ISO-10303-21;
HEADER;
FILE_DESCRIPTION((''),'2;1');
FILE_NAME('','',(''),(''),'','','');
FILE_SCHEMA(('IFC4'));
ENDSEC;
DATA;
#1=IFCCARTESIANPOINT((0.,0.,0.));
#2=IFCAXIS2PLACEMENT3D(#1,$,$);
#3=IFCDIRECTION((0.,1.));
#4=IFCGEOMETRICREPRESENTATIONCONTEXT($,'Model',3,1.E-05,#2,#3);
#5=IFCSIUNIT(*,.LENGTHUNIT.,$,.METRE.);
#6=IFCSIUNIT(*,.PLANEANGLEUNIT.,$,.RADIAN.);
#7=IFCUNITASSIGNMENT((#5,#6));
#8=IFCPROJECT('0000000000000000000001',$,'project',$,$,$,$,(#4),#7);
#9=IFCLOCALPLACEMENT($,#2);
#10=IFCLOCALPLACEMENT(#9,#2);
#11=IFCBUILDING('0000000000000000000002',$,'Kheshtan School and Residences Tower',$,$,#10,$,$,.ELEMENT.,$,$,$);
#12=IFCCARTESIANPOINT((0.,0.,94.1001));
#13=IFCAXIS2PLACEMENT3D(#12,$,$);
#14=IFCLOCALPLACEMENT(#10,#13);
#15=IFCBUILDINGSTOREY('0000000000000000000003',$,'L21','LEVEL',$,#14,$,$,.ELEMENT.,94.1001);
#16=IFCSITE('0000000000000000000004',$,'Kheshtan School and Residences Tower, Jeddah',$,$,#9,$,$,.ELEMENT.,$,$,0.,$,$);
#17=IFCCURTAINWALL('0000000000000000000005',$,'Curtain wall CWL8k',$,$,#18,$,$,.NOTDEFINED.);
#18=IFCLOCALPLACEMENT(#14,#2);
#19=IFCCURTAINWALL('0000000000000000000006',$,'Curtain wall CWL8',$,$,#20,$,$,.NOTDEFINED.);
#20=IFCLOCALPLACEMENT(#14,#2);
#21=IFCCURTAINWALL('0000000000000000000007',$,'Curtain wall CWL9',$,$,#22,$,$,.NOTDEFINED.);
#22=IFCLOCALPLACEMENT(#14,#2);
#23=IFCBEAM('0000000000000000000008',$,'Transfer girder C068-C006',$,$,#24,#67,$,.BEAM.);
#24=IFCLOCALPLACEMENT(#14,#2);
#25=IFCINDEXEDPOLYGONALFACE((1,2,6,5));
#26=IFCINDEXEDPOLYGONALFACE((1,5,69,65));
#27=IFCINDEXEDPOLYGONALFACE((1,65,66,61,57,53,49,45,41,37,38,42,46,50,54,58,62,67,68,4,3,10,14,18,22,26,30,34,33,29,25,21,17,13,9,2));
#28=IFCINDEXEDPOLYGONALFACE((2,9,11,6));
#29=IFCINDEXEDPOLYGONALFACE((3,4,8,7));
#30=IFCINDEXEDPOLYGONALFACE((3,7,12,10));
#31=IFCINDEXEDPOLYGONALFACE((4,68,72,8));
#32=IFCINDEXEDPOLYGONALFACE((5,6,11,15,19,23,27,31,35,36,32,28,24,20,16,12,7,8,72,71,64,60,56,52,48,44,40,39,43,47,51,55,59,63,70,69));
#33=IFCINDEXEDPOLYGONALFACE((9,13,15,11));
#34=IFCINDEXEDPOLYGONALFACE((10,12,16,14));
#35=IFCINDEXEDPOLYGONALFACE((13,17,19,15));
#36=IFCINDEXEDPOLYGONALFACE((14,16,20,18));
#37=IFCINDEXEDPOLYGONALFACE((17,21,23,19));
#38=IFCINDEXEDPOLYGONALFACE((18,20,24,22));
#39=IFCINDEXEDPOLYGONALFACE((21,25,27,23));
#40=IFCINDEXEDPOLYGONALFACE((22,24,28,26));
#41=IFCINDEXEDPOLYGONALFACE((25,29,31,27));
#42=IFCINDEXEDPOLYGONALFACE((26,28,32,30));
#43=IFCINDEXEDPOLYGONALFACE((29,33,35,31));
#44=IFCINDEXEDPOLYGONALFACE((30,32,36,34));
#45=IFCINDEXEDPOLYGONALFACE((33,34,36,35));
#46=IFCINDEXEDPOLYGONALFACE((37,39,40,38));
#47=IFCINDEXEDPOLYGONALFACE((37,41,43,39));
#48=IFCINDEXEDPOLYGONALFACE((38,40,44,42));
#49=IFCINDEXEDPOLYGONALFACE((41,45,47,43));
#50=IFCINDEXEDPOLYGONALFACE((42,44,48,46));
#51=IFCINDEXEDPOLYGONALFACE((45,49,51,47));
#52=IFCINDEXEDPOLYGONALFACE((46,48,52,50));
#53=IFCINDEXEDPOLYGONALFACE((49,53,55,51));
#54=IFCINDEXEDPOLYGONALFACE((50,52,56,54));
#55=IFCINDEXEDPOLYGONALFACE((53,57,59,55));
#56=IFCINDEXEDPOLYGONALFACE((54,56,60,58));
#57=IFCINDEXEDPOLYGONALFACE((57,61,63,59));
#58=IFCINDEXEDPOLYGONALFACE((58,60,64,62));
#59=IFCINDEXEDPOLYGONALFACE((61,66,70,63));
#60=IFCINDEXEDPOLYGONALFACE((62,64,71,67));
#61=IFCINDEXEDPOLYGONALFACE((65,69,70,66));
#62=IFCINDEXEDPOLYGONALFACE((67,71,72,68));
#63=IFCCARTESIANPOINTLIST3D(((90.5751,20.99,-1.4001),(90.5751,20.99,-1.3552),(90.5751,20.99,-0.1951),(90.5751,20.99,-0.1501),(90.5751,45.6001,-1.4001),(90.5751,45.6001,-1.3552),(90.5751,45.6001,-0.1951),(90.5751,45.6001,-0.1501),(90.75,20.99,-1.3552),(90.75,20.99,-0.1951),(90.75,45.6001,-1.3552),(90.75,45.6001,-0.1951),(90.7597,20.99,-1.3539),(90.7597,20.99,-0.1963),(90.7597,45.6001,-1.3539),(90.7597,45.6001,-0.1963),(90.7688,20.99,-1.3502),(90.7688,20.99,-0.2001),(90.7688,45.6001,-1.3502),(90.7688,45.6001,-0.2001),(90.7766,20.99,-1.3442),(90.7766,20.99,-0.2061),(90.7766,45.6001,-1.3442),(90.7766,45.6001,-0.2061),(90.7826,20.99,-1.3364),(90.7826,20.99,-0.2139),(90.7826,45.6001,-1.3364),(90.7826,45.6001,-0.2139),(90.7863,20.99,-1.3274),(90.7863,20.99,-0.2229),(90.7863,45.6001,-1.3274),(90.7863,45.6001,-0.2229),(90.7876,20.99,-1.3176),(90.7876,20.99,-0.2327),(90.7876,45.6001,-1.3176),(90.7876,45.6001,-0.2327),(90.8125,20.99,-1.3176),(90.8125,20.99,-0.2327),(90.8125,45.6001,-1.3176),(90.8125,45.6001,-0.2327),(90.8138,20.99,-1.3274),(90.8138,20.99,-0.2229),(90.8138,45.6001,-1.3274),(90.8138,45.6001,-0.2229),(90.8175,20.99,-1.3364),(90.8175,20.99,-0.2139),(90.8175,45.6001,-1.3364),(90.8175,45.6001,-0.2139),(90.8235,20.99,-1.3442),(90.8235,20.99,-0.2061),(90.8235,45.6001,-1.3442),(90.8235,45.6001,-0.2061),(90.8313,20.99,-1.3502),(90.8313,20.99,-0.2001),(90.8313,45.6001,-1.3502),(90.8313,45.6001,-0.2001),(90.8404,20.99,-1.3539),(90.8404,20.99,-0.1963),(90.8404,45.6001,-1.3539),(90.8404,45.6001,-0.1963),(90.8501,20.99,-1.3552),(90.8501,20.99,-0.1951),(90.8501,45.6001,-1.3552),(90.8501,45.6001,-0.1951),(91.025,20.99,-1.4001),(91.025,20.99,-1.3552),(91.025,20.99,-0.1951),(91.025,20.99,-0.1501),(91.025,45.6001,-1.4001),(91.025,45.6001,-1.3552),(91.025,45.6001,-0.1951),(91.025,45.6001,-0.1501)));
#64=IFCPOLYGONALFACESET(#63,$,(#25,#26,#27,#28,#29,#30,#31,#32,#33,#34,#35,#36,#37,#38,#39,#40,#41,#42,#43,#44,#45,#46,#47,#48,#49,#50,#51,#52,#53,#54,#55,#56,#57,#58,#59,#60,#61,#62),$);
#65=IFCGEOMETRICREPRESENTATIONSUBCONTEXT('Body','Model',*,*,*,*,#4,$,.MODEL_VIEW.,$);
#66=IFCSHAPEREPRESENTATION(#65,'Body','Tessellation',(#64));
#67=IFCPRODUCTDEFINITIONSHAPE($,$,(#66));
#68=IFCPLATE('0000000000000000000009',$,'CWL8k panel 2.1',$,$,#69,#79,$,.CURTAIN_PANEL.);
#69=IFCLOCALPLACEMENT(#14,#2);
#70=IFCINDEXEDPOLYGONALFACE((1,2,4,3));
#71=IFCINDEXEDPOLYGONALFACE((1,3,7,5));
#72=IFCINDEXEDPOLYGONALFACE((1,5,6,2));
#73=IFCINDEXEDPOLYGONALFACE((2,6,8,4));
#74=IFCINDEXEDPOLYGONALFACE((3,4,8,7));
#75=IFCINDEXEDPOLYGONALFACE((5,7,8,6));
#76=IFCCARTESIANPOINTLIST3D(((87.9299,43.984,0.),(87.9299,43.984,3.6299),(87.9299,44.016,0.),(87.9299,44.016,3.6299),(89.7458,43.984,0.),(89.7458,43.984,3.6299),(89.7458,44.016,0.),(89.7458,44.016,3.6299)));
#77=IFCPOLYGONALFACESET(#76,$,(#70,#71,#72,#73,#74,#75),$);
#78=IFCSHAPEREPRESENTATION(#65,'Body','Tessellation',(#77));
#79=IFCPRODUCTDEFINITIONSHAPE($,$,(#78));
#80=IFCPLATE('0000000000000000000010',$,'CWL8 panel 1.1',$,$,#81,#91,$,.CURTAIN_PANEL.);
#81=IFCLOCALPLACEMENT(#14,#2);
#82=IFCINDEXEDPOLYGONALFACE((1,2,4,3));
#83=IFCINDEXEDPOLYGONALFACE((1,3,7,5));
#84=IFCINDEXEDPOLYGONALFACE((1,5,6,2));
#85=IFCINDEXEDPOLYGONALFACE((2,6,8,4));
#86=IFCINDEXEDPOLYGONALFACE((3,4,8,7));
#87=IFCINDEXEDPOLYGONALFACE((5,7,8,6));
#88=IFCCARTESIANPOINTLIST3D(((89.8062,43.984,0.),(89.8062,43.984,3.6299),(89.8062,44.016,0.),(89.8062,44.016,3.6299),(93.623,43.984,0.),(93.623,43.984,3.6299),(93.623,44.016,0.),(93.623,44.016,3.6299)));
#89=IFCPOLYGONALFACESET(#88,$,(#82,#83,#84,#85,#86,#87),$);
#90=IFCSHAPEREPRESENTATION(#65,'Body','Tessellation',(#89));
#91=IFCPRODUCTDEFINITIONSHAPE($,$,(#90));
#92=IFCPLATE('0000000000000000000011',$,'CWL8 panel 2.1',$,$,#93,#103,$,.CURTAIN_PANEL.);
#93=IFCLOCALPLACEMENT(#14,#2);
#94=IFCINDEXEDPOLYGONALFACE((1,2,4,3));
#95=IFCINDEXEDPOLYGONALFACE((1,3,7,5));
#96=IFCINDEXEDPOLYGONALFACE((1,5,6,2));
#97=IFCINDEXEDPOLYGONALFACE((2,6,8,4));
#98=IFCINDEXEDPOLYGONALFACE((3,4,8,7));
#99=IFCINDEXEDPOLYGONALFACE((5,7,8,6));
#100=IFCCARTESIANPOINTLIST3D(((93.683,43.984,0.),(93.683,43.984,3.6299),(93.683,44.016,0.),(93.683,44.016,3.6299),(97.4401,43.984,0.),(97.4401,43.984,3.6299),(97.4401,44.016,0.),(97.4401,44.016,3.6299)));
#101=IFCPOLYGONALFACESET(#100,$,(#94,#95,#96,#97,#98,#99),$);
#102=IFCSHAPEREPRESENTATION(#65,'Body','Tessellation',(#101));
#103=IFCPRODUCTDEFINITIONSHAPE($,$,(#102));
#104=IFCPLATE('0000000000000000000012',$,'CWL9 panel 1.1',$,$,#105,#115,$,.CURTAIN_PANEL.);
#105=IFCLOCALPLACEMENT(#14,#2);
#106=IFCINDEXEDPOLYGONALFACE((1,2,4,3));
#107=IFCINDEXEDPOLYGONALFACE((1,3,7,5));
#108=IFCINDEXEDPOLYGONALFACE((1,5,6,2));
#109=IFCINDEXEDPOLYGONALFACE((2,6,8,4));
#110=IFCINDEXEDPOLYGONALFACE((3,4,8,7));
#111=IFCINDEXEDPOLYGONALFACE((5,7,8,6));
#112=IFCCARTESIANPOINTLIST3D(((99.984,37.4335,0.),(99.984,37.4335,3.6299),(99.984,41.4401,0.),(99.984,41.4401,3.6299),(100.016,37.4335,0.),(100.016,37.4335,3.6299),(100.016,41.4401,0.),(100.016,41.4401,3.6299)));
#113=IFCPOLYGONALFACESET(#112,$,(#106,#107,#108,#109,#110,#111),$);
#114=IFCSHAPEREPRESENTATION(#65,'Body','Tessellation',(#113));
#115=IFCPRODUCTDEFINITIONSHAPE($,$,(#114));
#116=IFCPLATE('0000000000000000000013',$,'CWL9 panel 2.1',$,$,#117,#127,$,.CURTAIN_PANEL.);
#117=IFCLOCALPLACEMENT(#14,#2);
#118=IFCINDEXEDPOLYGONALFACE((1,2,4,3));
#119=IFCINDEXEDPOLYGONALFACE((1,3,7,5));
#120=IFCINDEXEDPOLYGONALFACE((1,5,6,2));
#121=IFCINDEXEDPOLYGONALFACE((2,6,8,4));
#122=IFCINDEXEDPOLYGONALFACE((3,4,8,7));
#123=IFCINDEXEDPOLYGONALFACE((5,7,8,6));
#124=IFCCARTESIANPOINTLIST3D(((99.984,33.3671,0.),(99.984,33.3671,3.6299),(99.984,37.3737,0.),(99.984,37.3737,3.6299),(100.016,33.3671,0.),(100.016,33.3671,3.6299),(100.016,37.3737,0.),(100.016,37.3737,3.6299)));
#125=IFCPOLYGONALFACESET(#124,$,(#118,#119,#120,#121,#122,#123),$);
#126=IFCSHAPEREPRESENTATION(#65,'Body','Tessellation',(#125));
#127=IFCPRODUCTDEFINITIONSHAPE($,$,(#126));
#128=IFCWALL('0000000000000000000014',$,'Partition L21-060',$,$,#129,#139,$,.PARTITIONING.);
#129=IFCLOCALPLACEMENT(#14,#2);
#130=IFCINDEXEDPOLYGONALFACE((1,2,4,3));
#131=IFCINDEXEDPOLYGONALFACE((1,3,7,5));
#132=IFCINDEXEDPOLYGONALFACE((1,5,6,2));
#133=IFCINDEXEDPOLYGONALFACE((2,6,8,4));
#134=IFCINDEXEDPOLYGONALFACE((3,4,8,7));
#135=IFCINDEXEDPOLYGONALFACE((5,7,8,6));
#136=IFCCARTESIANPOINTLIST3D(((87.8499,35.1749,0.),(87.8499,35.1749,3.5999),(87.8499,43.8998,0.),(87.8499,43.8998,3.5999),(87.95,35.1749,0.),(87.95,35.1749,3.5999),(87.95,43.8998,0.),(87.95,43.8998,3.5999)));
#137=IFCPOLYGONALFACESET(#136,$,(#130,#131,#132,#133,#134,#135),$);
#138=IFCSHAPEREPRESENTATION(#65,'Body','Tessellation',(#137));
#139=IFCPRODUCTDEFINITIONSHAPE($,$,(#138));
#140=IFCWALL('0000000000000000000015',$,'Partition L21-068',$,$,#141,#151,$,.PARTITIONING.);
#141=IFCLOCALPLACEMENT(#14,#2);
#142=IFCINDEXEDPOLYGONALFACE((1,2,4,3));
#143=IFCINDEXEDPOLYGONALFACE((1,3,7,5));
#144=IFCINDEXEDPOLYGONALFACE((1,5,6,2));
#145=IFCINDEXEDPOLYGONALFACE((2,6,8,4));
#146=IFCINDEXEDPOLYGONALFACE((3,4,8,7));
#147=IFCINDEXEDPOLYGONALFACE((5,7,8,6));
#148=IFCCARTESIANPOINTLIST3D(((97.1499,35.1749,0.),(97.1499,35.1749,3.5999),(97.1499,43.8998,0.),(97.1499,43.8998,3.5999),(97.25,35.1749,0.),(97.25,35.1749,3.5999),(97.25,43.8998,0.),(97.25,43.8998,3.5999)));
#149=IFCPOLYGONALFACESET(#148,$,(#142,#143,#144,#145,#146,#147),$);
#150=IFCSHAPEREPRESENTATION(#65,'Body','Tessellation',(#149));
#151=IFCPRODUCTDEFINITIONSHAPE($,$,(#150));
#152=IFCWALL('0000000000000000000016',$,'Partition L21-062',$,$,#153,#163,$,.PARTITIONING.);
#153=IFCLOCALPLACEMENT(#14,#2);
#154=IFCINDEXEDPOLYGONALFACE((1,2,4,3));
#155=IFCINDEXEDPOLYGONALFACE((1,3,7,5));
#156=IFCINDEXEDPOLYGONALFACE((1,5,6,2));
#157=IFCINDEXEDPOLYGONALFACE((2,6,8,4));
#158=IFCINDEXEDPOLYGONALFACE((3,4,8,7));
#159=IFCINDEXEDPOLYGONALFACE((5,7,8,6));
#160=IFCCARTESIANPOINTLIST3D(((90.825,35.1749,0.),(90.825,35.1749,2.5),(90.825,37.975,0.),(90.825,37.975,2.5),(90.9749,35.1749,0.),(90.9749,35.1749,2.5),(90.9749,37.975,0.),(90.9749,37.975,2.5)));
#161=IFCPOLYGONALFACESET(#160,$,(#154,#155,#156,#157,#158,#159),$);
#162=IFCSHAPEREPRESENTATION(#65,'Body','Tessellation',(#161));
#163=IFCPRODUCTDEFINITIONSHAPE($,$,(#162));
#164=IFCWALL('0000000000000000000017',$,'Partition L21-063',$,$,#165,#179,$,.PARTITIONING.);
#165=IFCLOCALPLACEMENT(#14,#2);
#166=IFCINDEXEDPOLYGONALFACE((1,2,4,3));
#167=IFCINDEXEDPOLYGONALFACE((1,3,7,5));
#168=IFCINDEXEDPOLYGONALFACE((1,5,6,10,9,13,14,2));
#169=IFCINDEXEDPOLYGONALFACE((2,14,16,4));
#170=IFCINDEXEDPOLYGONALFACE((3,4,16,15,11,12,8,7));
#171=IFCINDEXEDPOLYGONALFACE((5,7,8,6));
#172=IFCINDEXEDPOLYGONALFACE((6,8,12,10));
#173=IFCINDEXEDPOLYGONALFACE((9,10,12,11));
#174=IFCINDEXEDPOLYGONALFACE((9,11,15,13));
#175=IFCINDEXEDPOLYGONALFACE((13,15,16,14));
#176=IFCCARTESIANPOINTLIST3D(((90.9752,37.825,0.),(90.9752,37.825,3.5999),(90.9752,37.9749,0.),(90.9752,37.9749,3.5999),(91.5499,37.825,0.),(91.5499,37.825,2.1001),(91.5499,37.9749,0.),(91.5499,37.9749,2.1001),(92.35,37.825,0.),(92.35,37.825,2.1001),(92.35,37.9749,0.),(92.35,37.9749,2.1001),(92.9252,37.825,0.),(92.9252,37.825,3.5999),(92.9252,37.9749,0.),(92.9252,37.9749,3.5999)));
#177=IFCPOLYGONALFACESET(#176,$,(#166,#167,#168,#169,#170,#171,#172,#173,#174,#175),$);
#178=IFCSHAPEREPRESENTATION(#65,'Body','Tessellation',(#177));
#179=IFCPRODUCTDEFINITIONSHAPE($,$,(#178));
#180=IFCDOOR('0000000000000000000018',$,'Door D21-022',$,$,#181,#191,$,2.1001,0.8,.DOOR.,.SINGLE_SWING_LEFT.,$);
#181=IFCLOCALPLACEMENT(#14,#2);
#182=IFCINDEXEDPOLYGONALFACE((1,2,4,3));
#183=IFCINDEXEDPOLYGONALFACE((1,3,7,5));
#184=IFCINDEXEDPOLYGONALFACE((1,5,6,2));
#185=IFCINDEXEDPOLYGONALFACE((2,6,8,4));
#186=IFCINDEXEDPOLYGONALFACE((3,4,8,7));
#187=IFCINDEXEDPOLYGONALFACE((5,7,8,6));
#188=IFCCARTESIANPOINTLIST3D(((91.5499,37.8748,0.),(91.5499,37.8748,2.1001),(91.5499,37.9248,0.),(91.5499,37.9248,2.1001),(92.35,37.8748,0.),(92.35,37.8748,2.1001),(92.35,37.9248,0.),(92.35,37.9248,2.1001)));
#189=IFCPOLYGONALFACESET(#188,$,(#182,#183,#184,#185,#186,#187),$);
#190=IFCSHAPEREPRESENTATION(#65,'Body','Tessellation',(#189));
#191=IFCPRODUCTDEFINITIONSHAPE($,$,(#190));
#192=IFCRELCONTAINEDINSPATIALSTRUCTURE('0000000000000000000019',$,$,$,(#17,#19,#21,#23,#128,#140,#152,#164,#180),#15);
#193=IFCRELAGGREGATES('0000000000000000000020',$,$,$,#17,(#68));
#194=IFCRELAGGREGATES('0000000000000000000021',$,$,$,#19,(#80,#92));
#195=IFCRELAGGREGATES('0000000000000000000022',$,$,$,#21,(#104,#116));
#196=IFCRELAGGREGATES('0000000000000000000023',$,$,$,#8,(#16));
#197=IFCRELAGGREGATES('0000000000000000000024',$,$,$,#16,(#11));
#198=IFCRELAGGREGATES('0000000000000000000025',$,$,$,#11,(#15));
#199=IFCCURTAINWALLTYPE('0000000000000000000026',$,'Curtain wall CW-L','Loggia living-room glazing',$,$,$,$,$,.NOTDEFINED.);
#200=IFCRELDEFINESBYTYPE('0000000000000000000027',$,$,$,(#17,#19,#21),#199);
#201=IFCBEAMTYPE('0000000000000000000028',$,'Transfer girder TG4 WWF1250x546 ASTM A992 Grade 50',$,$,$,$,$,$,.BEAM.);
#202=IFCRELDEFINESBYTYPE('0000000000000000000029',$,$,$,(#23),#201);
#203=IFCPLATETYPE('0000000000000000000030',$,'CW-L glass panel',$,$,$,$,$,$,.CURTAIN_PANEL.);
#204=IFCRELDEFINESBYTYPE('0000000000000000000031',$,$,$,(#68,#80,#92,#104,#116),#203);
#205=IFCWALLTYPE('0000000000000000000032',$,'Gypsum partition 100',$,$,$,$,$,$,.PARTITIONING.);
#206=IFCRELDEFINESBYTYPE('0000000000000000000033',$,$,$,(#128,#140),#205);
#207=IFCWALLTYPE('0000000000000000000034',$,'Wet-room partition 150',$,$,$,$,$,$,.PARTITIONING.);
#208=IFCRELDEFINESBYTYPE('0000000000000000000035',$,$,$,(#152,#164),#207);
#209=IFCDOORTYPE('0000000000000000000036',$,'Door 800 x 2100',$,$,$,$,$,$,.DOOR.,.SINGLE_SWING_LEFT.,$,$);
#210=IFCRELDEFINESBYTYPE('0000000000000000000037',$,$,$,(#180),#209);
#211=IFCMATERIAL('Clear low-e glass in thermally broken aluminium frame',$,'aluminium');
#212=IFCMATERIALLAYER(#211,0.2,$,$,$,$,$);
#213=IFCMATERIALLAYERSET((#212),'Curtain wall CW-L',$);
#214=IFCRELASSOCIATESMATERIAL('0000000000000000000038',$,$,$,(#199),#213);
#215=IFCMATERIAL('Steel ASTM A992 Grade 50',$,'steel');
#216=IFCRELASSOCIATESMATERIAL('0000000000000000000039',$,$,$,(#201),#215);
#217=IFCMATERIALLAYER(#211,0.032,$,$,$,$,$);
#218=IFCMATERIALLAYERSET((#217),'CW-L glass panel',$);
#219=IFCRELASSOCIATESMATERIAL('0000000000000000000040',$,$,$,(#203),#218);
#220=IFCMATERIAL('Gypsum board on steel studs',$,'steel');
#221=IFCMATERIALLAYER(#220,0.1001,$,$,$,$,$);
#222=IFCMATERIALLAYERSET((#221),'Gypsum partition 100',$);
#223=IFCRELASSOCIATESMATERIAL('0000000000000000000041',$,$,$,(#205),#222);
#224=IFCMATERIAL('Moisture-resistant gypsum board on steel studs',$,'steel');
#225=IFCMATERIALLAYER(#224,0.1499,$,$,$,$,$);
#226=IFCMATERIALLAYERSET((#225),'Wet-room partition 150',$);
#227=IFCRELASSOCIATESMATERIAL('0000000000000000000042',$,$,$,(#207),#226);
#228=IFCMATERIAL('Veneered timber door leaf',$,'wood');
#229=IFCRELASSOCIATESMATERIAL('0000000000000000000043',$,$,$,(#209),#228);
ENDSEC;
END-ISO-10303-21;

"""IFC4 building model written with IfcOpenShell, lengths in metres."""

from ifc_helpers import new_model, si_unit, direction, frame, frame_2d, origin, origin_2d, place, context, subcontext, project, spatial, rectangle, i_section, extrude, source, transform, mapped, material, layer, layer_set, material_profile, profile_set, type_object, element, fill, aggregate, save


model = new_model("IFC4")

# Units and contexts
model_context = context("Model", 3, precision=1e-05, world=origin(), true_north=direction((0.0, 1.0)))
body_context = subcontext(model_context, "Body", "Model", "MODEL_VIEW")
ifc_project = project(units=[si_unit("LENGTHUNIT", "METRE"), si_unit("PLANEANGLEUNIT", "RADIAN")], contexts=[model_context])

# Site, building, storey
site_placement = place(None, origin())
site = spatial("IfcSite", under=ifc_project, at=site_placement, Name="Kheshtan School and Residences Tower, Jeddah", CompositionType="ELEMENT", RefElevation=0.0)
building_placement = place(site_placement, origin())
building = spatial("IfcBuilding", under=site, at=building_placement, Name="Kheshtan School and Residences Tower", CompositionType="ELEMENT")
storey_placement = place(building_placement, frame((0.0, 0.0, 94.1001)))
storey = spatial("IfcBuildingStorey", under=building, at=storey_placement, Name="L21", Description="LEVEL", CompositionType="ELEMENT", Elevation=94.1001)

# Shared definitions
ifc_material_1 = material(Name="Steel ASTM A992 Grade 50", Category="steel")

# Curtain walls
ifc_material_2 = material(Name="Clear low-e glass in thermally broken aluminium frame", Category="aluminium")
ifc_layer_1 = layer(ifc_material_2, 0.2)
ifc_layer_set_1 = layer_set([ifc_layer_1], Name="Curtain wall CW-L")
curtain_wall_type = type_object("IfcCurtainWallType", Name="Curtain wall CW-L", Description="Loggia living-room glazing", PredefinedType="NOTDEFINED", material=ifc_layer_set_1)
curtain_wall_1_placement = place(storey_placement, origin())
curtain_wall_1 = element("IfcCurtainWall", 1, at=curtain_wall_1_placement, inside=storey, type_object=curtain_wall_type, Name="Curtain wall CWL8k", PredefinedType="NOTDEFINED")
curtain_wall_2_placement = place(storey_placement, origin())
curtain_wall_2 = element("IfcCurtainWall", 2, at=curtain_wall_2_placement, inside=storey, type_object=curtain_wall_type, Name="Curtain wall CWL8", PredefinedType="NOTDEFINED")
curtain_wall_3_placement = place(storey_placement, origin())
curtain_wall_3 = element("IfcCurtainWall", 3, at=curtain_wall_3_placement, inside=storey, type_object=curtain_wall_type, Name="Curtain wall CWL9", PredefinedType="NOTDEFINED")

# Beam
ifc_material_profile_1 = material_profile(ifc_material_1, i_section(OverallWidth=0.45, OverallDepth=1.25, WebThickness=0.0249, FlangeThickness=0.0449, FilletRadius=0.0376, at=origin_2d()), Name="WWF1250x546")
ifc_profile_set_1 = profile_set([ifc_material_profile_1], Name="Steel ASTM A992 Grade 50")
beam_type = type_object("IfcBeamType", Name="Transfer girder TG4 WWF1250x546 ASTM A992 Grade 50", PredefinedType="BEAM", material=ifc_profile_set_1)
beam_placement = place(storey_placement, frame((90.8, 45.6001, -0.7751), z_axis=(0.0, -1.0, 0.0), x_axis=(1.0, 0.0, 0.0)))
element("IfcBeam", 4, at=beam_placement, inside=storey, type_object=beam_type, Name="Transfer girder C068-C006", PredefinedType="BEAM", context=body_context, shape_type="SweptSolid", body=[
    extrude(i_section(OverallWidth=0.45, OverallDepth=1.25, WebThickness=0.0249, FlangeThickness=0.0449, FilletRadius=0.0376, at=origin_2d()), origin(), (0.0, 0.0, 1.0), 24.6101),
])

# Plates
ifc_layer_2 = layer(ifc_material_2, 0.032)
ifc_layer_set_2 = layer_set([ifc_layer_2], Name="CW-L glass panel")
plate_type = type_object("IfcPlateType", Name="CW-L glass panel", PredefinedType="CURTAIN_PANEL", material=ifc_layer_set_2)
plate_1_placement = place(storey_placement, frame((88.8379, 44.0, 0.0), z_axis=(0.0, 0.0, 1.0), x_axis=(1.0, 0.0, 0.0)))
plate_1 = element("IfcPlate", 5, at=plate_1_placement, type_object=plate_type, Name="CWL8k panel 2.1", PredefinedType="CURTAIN_PANEL", context=body_context, shape_type="SweptSolid", body=[
    extrude(rectangle(XDim=1.8159, YDim=0.032, at=origin_2d()), origin(), (0.0, 0.0, 1.0), 3.6299),
])
aggregate(curtain_wall_1, [plate_1])
plate_2_placement = place(storey_placement, frame((91.7146, 44.0, 0.0), z_axis=(0.0, 0.0, 1.0), x_axis=(1.0, 0.0, 0.0)))
plate_2 = element("IfcPlate", 6, at=plate_2_placement, type_object=plate_type, Name="CWL8 panel 1.1", PredefinedType="CURTAIN_PANEL", context=body_context, shape_type="SweptSolid", body=[
    extrude(rectangle(XDim=3.8169, YDim=0.032, at=origin_2d()), origin(), (0.0, 0.0, 1.0), 3.6299),
])
plate_3_placement = place(storey_placement, frame((95.5615, 44.0, 0.0), z_axis=(0.0, 0.0, 1.0), x_axis=(1.0, 0.0, 0.0)))
plate_3 = element("IfcPlate", 7, at=plate_3_placement, type_object=plate_type, Name="CWL8 panel 2.1", PredefinedType="CURTAIN_PANEL", context=body_context, shape_type="SweptSolid", body=[
    extrude(rectangle(XDim=3.7571, YDim=0.032, at=origin_2d()), origin(), (0.0, 0.0, 1.0), 3.6299),
])
aggregate(curtain_wall_2, [plate_2, plate_3])
plate_4_placement = place(storey_placement, frame((100.0, 39.4368, 0.0), z_axis=(0.0, 0.0, 1.0), x_axis=(0.0, -1.0, 0.0)))
plate_4 = element("IfcPlate", 8, at=plate_4_placement, type_object=plate_type, Name="CWL9 panel 1.1", PredefinedType="CURTAIN_PANEL", context=body_context, shape_type="SweptSolid", body=[
    extrude(rectangle(XDim=4.0066, YDim=0.032, at=origin_2d()), origin(), (0.0, 0.0, 1.0), 3.6299),
])
plate_5_placement = place(storey_placement, frame((100.0, 35.3704, 0.0), z_axis=(0.0, 0.0, 1.0), x_axis=(0.0, -1.0, 0.0)))
plate_5 = element("IfcPlate", 9, at=plate_5_placement, type_object=plate_type, Name="CWL9 panel 2.1", PredefinedType="CURTAIN_PANEL", context=body_context, shape_type="SweptSolid", body=[
    extrude(rectangle(XDim=4.0066, YDim=0.032, at=origin_2d()), origin(), (0.0, 0.0, 1.0), 3.6299),
])
aggregate(curtain_wall_3, [plate_4, plate_5])

# Walls
ifc_material_3 = material(Name="Gypsum board on steel studs", Category="steel")
ifc_layer_3 = layer(ifc_material_3, 0.1001)
ifc_layer_set_3 = layer_set([ifc_layer_3], Name="Gypsum partition 100")
wall_type_1 = type_object("IfcWallType", Name="Gypsum partition 100", PredefinedType="PARTITIONING", material=ifc_layer_set_3)
for number, where, z_axis, x_axis, name in (
    (10, (87.8999, 35.175, 0.0), (0.0, 0.0, 1.0), (0.0, 1.0, 0.0), "Partition L21-060"),
    (11, (97.2, 35.175, 0.0), (0.0, 0.0, 1.0), (0.0, 1.0, 0.0), "Partition L21-068"),
):
    element("IfcWall", number, at=place(storey_placement, frame(where, z_axis=z_axis, x_axis=x_axis)), inside=storey, type_object=wall_type_1, Name=name, PredefinedType="PARTITIONING", context=body_context, shape_type="SweptSolid", body=[
        extrude(rectangle(XDim=8.7249, YDim=0.1001, at=frame_2d((4.3623, 0.0))), origin(), (0.0, 0.0, 1.0), 3.5999),
    ])
ifc_material_4 = material(Name="Moisture-resistant gypsum board on steel studs", Category="steel")
ifc_layer_4 = layer(ifc_material_4, 0.1499)
ifc_layer_set_4 = layer_set([ifc_layer_4], Name="Wet-room partition 150")
wall_type_2 = type_object("IfcWallType", Name="Wet-room partition 150", PredefinedType="PARTITIONING", material=ifc_layer_set_4)
wall_1_placement = place(storey_placement, frame((90.8999, 35.175, 0.0), z_axis=(0.0, 0.0, 1.0), x_axis=(0.0, 1.0, 0.0)))
element("IfcWall", 12, at=wall_1_placement, inside=storey, type_object=wall_type_2, Name="Partition L21-062", PredefinedType="PARTITIONING", context=body_context, shape_type="SweptSolid", body=[
    extrude(rectangle(XDim=2.8, YDim=0.1499, at=frame_2d((1.3999, 0.0))), origin(), (0.0, 0.0, 1.0), 2.5),
])

# Wall, opening, door
wall_2_placement = place(storey_placement, frame((90.9751, 37.8999, 0.0), z_axis=(0.0, 0.0, 1.0), x_axis=(1.0, 0.0, 0.0)))
wall_2 = element("IfcWall", 13, at=wall_2_placement, inside=storey, type_object=wall_type_2, Name="Partition L21-063", PredefinedType="PARTITIONING", context=body_context, shape_type="SweptSolid", body=[
    extrude(rectangle(XDim=1.95, YDim=0.1499, at=frame_2d((0.9751, 0.0))), origin(), (0.0, 0.0, 1.0), 3.5999),
])
opening_1_placement = place(wall_2_placement, frame((0.575, 0.0, 0.0)))
opening_1 = element("IfcOpeningElement", 14, at=opening_1_placement, cuts=wall_2, PredefinedType="OPENING", context=body_context, shape_type="SweptSolid", body=[
    extrude(rectangle(XDim=0.8, YDim=2.1001, at=frame_2d((0.3999, 1.05))), frame((0.0, 0.085, 0.0), z_axis=(0.0, -1.0, 0.0), x_axis=(1.0, 0.0, 0.0)), (0.0, 0.0, 1.0), 0.1699),
])
ifc_material_5 = material(Name="Veneered timber door leaf", Category="wood")
door_type_1 = type_object("IfcDoorType", Name="Door 800 x 2100", OperationType="SINGLE_SWING_LEFT", PredefinedType="DOOR", material=ifc_material_5)
shared_shape_1 = source(origin(), body_context, "Body", "SweptSolid", [
    extrude(rectangle(XDim=0.8, YDim=2.1001, at=frame_2d((0.3999, 1.05))), frame((0.0, 0.0249, 0.0), z_axis=(0.0, -1.0, 0.0), x_axis=(1.0, 0.0, 0.0)), (0.0, 0.0, 1.0), 0.05),
])
door_1_placement = place(opening_1_placement, origin())
door_1 = element("IfcDoor", 15, at=door_1_placement, inside=storey, type_object=door_type_1, Name="Door D21-022", OperationType="SINGLE_SWING_LEFT", OverallHeight=2.1001, OverallWidth=0.8, PredefinedType="DOOR", context=body_context, shape_type="MappedRepresentation", body=[
    mapped(shared_shape_1, transform((0.0, 0.0, 0.0), x_axis=(1.0, 0.0, 0.0), y_axis=(0.0, 1.0, 0.0), z_axis=(0.0, 0.0, 1.0), scale=1.0)),
])
fill(opening_1, door_1)

save(model, "model.ifc")
